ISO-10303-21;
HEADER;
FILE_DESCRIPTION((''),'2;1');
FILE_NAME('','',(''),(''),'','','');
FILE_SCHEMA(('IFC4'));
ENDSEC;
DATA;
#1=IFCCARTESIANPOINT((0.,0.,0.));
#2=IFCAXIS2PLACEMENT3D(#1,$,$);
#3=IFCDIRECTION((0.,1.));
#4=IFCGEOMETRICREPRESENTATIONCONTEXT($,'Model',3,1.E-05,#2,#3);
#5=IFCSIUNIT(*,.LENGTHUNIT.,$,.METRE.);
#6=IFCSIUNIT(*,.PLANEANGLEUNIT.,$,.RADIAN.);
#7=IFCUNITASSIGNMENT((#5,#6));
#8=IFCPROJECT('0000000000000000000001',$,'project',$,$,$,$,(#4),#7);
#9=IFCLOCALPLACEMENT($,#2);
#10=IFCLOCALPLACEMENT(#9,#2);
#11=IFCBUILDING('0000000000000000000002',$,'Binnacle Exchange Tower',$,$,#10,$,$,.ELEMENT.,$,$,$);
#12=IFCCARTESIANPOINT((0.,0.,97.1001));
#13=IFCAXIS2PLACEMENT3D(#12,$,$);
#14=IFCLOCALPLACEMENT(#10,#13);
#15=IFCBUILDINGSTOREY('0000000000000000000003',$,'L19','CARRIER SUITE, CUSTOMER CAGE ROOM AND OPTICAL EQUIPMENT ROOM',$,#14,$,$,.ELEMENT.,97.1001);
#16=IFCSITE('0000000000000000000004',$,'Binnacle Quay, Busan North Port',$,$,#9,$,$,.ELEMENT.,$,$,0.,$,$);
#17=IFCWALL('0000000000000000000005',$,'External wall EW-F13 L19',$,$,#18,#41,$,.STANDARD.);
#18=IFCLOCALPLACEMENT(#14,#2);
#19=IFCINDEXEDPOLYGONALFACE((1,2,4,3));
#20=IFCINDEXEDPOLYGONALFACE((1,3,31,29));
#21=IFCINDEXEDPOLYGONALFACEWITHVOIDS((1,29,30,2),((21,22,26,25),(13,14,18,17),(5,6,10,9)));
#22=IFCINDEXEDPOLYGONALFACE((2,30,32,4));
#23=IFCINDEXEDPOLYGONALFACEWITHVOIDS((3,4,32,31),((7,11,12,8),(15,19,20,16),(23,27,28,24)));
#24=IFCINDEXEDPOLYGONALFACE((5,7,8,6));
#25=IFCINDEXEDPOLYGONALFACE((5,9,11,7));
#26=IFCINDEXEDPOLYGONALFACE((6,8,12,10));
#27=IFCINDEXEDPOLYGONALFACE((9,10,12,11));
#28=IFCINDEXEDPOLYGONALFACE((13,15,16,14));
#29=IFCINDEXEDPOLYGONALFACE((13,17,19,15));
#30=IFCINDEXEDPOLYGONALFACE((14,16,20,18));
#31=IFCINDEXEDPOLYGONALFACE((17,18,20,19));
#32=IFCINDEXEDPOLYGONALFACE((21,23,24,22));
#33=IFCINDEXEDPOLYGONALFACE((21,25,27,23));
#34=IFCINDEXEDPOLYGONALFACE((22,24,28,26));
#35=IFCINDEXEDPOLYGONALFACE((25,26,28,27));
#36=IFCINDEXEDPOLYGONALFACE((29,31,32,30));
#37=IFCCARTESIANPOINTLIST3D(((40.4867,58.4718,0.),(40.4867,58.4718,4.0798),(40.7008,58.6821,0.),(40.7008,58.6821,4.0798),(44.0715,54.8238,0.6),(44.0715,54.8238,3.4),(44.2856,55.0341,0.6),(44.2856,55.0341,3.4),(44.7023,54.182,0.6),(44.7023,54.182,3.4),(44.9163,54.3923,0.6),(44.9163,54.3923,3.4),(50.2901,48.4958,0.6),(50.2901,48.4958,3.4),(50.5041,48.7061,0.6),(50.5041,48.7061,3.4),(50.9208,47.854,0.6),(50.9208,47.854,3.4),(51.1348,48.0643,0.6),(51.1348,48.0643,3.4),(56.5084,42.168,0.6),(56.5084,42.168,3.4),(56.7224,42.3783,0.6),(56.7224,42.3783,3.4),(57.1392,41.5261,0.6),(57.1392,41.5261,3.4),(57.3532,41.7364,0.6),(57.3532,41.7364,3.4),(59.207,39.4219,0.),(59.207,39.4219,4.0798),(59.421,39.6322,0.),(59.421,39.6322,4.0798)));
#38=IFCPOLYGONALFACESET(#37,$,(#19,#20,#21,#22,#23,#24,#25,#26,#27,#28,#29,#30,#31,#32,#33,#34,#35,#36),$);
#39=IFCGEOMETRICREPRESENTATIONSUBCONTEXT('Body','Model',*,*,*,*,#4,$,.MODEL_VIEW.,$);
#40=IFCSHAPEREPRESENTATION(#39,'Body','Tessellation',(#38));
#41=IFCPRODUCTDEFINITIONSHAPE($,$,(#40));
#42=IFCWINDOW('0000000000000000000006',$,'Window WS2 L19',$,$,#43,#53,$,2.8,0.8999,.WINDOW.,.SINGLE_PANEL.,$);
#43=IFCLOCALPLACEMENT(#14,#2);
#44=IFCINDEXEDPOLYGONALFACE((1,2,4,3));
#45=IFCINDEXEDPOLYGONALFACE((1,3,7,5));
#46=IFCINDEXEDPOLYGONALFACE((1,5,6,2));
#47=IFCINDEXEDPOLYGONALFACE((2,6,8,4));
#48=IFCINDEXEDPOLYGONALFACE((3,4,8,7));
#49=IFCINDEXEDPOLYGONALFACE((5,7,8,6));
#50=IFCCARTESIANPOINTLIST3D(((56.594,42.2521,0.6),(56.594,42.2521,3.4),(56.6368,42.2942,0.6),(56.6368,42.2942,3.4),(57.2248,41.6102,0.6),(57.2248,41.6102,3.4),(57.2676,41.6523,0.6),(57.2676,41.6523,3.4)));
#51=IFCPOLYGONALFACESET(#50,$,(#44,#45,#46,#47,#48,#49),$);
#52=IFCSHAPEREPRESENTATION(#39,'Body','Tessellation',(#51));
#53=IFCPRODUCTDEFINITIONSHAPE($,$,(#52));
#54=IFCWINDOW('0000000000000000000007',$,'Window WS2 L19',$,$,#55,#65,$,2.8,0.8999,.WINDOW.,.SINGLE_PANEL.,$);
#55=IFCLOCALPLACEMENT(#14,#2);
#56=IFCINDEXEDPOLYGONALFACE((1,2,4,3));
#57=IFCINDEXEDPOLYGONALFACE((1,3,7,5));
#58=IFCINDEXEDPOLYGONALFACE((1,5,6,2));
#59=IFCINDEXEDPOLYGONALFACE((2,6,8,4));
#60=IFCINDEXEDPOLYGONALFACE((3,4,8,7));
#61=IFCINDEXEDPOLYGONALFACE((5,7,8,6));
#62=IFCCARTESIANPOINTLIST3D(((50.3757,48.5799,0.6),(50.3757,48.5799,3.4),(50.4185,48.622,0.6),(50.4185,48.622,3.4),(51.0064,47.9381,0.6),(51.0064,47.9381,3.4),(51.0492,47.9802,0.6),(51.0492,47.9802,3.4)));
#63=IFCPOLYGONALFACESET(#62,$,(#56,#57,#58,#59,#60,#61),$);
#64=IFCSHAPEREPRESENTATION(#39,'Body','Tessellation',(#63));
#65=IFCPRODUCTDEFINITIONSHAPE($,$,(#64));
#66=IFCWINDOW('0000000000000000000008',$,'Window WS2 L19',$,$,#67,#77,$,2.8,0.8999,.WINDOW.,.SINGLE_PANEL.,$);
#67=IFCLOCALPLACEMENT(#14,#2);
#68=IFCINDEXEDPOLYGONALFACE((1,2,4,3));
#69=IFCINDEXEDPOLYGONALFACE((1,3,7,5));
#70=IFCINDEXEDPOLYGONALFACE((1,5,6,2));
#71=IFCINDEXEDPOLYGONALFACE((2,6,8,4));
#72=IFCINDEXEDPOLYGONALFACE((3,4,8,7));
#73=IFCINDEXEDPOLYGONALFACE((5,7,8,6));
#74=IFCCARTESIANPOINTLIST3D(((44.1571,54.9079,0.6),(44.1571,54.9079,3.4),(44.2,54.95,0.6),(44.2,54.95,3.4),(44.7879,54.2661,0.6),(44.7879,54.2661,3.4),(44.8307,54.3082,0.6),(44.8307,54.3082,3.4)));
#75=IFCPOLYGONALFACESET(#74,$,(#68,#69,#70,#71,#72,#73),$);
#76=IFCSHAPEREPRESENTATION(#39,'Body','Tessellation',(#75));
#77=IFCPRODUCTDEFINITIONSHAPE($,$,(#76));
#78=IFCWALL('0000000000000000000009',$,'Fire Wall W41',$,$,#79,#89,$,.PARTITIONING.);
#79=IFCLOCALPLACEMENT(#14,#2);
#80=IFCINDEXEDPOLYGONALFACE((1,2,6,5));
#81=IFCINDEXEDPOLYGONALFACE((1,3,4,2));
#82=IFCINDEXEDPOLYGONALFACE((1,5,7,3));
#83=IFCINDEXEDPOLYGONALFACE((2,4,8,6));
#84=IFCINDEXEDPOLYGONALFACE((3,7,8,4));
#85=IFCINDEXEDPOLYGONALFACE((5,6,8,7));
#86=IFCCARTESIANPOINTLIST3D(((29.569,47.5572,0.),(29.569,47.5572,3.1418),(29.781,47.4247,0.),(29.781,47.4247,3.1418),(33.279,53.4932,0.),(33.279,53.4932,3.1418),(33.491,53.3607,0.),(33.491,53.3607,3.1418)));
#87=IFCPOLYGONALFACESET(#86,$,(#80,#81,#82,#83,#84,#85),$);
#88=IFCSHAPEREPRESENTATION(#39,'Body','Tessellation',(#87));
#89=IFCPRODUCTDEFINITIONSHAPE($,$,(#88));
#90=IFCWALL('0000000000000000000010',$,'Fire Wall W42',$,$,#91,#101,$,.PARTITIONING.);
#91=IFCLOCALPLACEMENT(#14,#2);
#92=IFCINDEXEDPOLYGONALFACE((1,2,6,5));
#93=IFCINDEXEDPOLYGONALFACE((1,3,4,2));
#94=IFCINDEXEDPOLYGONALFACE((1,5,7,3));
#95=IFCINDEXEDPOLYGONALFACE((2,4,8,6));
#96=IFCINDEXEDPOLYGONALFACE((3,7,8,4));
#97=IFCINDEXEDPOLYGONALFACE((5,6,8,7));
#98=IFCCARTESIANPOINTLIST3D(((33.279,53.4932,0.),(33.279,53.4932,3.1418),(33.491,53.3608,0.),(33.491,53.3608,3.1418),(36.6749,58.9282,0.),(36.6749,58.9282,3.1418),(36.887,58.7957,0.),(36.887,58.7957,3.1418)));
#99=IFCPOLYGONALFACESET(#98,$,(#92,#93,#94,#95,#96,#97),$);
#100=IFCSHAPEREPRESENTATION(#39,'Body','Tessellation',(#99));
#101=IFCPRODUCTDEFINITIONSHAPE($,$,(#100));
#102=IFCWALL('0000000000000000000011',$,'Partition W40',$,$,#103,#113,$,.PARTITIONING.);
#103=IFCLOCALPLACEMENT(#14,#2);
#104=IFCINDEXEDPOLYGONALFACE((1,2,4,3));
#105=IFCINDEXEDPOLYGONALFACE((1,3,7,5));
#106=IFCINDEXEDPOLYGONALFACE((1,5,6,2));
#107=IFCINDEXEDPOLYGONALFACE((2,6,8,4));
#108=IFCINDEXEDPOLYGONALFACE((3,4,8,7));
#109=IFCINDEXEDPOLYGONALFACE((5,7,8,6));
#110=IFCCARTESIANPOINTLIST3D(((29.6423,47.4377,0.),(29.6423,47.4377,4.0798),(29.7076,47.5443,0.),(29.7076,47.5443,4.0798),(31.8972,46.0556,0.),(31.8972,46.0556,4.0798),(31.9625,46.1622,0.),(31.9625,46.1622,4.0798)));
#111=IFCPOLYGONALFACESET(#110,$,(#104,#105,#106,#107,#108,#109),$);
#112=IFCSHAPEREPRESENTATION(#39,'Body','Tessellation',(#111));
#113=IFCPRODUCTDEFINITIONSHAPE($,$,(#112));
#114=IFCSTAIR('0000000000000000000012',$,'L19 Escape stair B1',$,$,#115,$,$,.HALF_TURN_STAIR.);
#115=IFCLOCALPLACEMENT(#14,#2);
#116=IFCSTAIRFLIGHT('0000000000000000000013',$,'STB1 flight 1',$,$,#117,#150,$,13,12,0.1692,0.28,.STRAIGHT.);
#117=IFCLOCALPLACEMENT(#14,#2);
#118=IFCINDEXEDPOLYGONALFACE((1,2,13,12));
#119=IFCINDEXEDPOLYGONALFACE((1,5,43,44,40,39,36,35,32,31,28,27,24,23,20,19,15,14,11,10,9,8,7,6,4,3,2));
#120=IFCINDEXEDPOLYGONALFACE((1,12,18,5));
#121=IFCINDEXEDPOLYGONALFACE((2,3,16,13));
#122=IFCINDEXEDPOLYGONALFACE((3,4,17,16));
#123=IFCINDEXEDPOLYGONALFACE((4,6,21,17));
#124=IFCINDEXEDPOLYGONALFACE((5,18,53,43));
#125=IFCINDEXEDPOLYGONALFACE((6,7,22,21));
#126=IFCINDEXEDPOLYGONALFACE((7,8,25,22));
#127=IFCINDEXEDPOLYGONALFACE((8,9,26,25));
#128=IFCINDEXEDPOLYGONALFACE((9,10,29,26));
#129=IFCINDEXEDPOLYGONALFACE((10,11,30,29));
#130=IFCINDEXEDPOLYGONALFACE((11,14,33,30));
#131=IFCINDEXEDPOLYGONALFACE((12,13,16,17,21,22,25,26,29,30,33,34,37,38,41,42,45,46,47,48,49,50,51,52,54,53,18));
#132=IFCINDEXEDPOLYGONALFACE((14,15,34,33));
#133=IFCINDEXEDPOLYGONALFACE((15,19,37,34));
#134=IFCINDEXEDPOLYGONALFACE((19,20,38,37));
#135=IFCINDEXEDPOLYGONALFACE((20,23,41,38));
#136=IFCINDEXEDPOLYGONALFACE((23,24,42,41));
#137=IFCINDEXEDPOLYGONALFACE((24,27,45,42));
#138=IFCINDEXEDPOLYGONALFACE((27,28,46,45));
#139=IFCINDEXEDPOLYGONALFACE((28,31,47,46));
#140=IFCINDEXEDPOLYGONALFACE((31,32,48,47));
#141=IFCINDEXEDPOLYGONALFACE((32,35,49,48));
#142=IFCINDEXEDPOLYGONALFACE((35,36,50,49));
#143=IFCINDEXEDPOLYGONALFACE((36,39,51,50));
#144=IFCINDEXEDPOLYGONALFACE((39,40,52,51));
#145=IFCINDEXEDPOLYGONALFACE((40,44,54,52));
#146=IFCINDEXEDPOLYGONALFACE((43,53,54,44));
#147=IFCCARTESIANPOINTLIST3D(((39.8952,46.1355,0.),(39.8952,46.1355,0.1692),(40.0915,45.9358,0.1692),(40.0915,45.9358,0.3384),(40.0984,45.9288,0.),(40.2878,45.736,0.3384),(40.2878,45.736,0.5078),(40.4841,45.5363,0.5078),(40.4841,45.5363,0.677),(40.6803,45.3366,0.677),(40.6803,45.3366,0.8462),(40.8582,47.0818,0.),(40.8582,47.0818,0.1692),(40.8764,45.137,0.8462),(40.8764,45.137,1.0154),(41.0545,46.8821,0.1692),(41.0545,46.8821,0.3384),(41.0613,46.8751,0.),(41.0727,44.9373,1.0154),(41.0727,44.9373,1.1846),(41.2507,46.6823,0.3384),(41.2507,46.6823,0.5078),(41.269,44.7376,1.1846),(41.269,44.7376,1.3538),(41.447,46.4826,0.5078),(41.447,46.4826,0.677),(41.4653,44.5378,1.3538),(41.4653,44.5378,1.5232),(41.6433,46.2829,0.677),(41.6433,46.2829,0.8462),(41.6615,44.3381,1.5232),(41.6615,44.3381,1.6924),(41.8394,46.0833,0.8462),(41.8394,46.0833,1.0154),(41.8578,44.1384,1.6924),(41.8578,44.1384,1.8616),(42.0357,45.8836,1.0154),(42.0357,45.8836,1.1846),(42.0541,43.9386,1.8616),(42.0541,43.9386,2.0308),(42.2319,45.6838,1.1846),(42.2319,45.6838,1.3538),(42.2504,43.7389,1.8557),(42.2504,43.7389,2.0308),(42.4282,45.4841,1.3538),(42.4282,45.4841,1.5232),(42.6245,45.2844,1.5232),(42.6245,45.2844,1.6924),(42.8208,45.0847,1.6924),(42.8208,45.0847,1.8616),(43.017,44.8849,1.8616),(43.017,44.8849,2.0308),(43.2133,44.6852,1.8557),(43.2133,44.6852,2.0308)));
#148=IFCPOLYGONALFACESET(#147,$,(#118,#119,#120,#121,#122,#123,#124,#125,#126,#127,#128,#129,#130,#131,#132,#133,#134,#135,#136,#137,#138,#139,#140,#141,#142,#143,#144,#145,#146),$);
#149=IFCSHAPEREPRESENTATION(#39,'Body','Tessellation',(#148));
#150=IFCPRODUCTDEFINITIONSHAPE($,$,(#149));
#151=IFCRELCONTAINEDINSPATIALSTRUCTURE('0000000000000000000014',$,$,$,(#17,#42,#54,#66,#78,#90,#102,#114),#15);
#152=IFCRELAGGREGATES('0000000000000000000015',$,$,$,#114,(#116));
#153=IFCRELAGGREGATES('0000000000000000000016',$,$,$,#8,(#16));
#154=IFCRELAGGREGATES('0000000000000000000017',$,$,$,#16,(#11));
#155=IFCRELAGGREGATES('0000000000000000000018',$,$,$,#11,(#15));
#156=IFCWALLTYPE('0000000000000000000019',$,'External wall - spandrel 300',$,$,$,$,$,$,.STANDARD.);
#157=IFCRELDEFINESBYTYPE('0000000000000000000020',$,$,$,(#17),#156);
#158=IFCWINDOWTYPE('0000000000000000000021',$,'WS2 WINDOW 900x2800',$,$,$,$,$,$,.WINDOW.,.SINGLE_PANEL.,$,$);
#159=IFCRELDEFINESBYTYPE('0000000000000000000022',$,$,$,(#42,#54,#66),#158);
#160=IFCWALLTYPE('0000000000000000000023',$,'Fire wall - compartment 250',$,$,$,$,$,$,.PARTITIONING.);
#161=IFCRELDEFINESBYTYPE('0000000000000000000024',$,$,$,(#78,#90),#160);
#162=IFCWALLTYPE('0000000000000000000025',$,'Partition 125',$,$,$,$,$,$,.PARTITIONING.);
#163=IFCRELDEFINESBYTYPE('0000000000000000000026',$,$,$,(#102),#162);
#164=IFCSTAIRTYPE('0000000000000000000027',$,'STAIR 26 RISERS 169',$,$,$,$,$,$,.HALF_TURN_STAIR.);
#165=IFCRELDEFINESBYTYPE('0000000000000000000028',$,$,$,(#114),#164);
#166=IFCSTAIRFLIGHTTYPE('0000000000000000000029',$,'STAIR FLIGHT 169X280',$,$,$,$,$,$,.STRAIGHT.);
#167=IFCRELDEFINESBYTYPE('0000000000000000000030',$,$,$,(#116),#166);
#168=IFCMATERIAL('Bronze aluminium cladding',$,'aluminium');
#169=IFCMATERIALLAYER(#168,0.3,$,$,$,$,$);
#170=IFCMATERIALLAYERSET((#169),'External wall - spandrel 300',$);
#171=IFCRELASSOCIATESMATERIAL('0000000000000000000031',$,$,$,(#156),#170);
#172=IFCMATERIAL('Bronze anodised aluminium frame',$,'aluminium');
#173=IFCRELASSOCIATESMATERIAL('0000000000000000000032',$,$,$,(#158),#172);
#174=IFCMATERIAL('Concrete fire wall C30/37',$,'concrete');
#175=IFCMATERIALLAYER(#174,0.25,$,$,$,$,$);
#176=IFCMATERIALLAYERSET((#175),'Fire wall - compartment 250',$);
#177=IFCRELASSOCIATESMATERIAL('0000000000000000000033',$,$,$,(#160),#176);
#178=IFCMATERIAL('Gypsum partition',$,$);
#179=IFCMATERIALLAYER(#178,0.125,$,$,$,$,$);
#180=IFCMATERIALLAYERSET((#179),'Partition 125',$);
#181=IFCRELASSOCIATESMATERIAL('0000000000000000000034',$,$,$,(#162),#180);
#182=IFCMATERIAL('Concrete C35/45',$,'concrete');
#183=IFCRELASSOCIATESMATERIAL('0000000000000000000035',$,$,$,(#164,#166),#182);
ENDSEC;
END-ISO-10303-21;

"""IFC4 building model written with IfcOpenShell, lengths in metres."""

from ifc_helpers import new_model, si_unit, direction, frame, frame_2d, origin, place, context, subcontext, project, spatial, polyline, rectangle, outline, extrude, material, layer, layer_set, type_object, element, fill, aggregate, save


model = new_model("IFC4")

# Units and contexts
model_context = context("Model", 3, precision=1e-05, world=origin(), true_north=direction((0.0, 1.0)))
body_context = subcontext(model_context, "Body", "Model", "MODEL_VIEW")
ifc_project = project(units=[si_unit("LENGTHUNIT", "METRE"), si_unit("PLANEANGLEUNIT", "RADIAN")], contexts=[model_context])

# Site, building, storey
site_placement = place(None, origin())
site = spatial("IfcSite", under=ifc_project, at=site_placement, Name="Binnacle Quay, Busan North Port", CompositionType="ELEMENT", RefElevation=0.0)
building_placement = place(site_placement, origin())
building = spatial("IfcBuilding", under=site, at=building_placement, Name="Binnacle Exchange Tower", CompositionType="ELEMENT")
storey_placement = place(building_placement, frame((0.0, 0.0, 97.1001)))
storey = spatial("IfcBuildingStorey", under=building, at=storey_placement, Name="L19", Description="CARRIER SUITE, CUSTOMER CAGE ROOM AND OPTICAL EQUIPMENT ROOM", CompositionType="ELEMENT", Elevation=97.1001)

# Shared definitions
ifc_material_1 = material(Name="Bronze aluminium cladding", Category="aluminium")
ifc_layer_1 = layer(ifc_material_1, 0.3)
ifc_layer_set_1 = layer_set([ifc_layer_1], Name="External wall - spandrel 300")
wall_type_1 = type_object("IfcWallType", Name="External wall - spandrel 300", PredefinedType="STANDARD", material=ifc_layer_set_1)

# Wall, openings, windows
wall_1_placement = place(storey_placement, frame((40.5938, 58.5769, 0.0), z_axis=(0.0, 0.0, 1.0), x_axis=(0.70091, -0.71325, 0.0)))
wall_1 = element("IfcWall", 1, at=wall_1_placement, inside=storey, type_object=wall_type_1, Name="External wall EW-F13 L19", PredefinedType="STANDARD", context=body_context, shape_type="SweptSolid", body=[
    extrude(rectangle(XDim=26.7085, YDim=0.3, at=frame_2d((13.3542, 0.0))), origin(), (0.0, 0.0, 1.0), 4.0798),
])
opening_1_placement = place(wall_1_placement, frame((22.8584, 0.0, 0.6001)))
opening_1 = element("IfcOpeningElement", 2, at=opening_1_placement, cuts=wall_1, PredefinedType="OPENING", context=body_context, shape_type="SweptSolid", body=[
    extrude(rectangle(XDim=0.8999, YDim=2.8, at=frame_2d((0.45, 1.3999))), frame((0.0, 0.1599, 0.0), z_axis=(0.0, -1.0, 0.0), x_axis=(1.0, 0.0, 0.0)), (0.0, 0.0, 1.0), 0.3201),
])
opening_2_placement = place(wall_1_placement, frame((13.9866, 0.0, 0.6001)))
opening_2 = element("IfcOpeningElement", 3, at=opening_2_placement, cuts=wall_1, PredefinedType="OPENING", context=body_context, shape_type="SweptSolid", body=[
    extrude(rectangle(XDim=0.8999, YDim=2.8, at=frame_2d((0.45, 1.3999))), frame((0.0, 0.1599, 0.0), z_axis=(0.0, -1.0, 0.0), x_axis=(1.0, 0.0, 0.0)), (0.0, 0.0, 1.0), 0.3201),
])
opening_3_placement = place(wall_1_placement, frame((5.1145, 0.0, 0.6001)))
opening_3 = element("IfcOpeningElement", 4, at=opening_3_placement, cuts=wall_1, PredefinedType="OPENING", context=body_context, shape_type="SweptSolid", body=[
    extrude(rectangle(XDim=0.8999, YDim=2.8, at=frame_2d((0.45, 1.3999))), frame((0.0, 0.1599, 0.0), z_axis=(0.0, -1.0, 0.0), x_axis=(1.0, 0.0, 0.0)), (0.0, 0.0, 1.0), 0.3201),
])
ifc_material_2 = material(Name="Bronze anodised aluminium frame", Category="aluminium")
window_type = type_object("IfcWindowType", Name="WS2 WINDOW 900x2800", PartitioningType="SINGLE_PANEL", PredefinedType="WINDOW", material=ifc_material_2)
window_1_placement = place(opening_1_placement, origin())
window_1 = element("IfcWindow", 5, at=window_1_placement, inside=storey, type_object=window_type, Name="Window WS2 L19", OverallHeight=2.8, OverallWidth=0.8999, PartitioningType="SINGLE_PANEL", PredefinedType="WINDOW", context=body_context, shape_type="SweptSolid", body=[
    extrude(rectangle(XDim=0.8999, YDim=2.8, at=frame_2d((0.45, 1.3999))), frame((0.0, 0.03, 0.0), z_axis=(0.0, -1.0, 0.0), x_axis=(1.0, 0.0, 0.0)), (0.0, 0.0, 1.0), 0.0601),
])
fill(opening_1, window_1)
window_2_placement = place(opening_2_placement, origin())
window_2 = element("IfcWindow", 6, at=window_2_placement, inside=storey, type_object=window_type, Name="Window WS2 L19", OverallHeight=2.8, OverallWidth=0.8999, PartitioningType="SINGLE_PANEL", PredefinedType="WINDOW", context=body_context, shape_type="SweptSolid", body=[
    extrude(rectangle(XDim=0.8999, YDim=2.8, at=frame_2d((0.45, 1.3999))), frame((0.0, 0.03, 0.0), z_axis=(0.0, -1.0, 0.0), x_axis=(1.0, 0.0, 0.0)), (0.0, 0.0, 1.0), 0.0601),
])
fill(opening_2, window_2)
window_3_placement = place(opening_3_placement, origin())
window_3 = element("IfcWindow", 7, at=window_3_placement, inside=storey, type_object=window_type, Name="Window WS2 L19", OverallHeight=2.8, OverallWidth=0.8999, PartitioningType="SINGLE_PANEL", PredefinedType="WINDOW", context=body_context, shape_type="SweptSolid", body=[
    extrude(rectangle(XDim=0.8999, YDim=2.8, at=frame_2d((0.45, 1.3999))), frame((0.0, 0.03, 0.0), z_axis=(0.0, -1.0, 0.0), x_axis=(1.0, 0.0, 0.0)), (0.0, 0.0, 1.0), 0.0601),
])
fill(opening_3, window_3)

# Walls
ifc_material_3 = material(Name="Concrete fire wall C30/37", Category="concrete")
ifc_layer_2 = layer(ifc_material_3, 0.25)
ifc_layer_set_2 = layer_set([ifc_layer_2], Name="Fire wall - compartment 250")
wall_type_2 = type_object("IfcWallType", Name="Fire wall - compartment 250", PredefinedType="PARTITIONING", material=ifc_layer_set_2)
wall_2_placement = place(storey_placement, frame((29.675, 47.491, 0.0), z_axis=(0.0, 0.0, 1.0), x_axis=(0.529993, 0.848002, 0.0)))
element("IfcWall", 8, at=wall_2_placement, inside=storey, type_object=wall_type_2, Name="Fire Wall W41", PredefinedType="PARTITIONING", context=body_context, shape_type="SweptSolid", body=[
    extrude(rectangle(XDim=7.0, YDim=0.25, at=frame_2d((3.5, 0.0))), origin(), (0.0, 0.0, 1.0), 3.1418),
])
wall_3_placement = place(storey_placement, frame((33.385, 53.427, 0.0), z_axis=(0.0, 0.0, 1.0), x_axis=(0.529896, 0.848063, 0.0)))
element("IfcWall", 9, at=wall_3_placement, inside=storey, type_object=wall_type_2, Name="Fire Wall W42", PredefinedType="PARTITIONING", context=body_context, shape_type="SweptSolid", body=[
    extrude(rectangle(XDim=6.4087, YDim=0.25, at=frame_2d((3.2043, 0.0))), origin(), (0.0, 0.0, 1.0), 3.1418),
])
ifc_material_4 = material(Name="Gypsum partition")
ifc_layer_3 = layer(ifc_material_4, 0.125)
ifc_layer_set_3 = layer_set([ifc_layer_3], Name="Partition 125")
wall_type_3 = type_object("IfcWallType", Name="Partition 125", PredefinedType="PARTITIONING", material=ifc_layer_set_3)
wall_4_placement = place(storey_placement, frame((29.675, 47.491, 0.0), z_axis=(0.0, 0.0, 1.0), x_axis=(0.852592, -0.522577, 0.0)))
element("IfcWall", 10, at=wall_4_placement, inside=storey, type_object=wall_type_3, Name="Partition W40", PredefinedType="PARTITIONING", context=body_context, shape_type="SweptSolid", body=[
    extrude(rectangle(XDim=2.6448, YDim=0.125, at=frame_2d((1.3223, 0.0))), origin(), (0.0, 0.0, 1.0), 4.0798),
])

# Stair, stair flight
ifc_material_5 = material(Name="Concrete C35/45", Category="concrete")
stair_type = type_object("IfcStairType", Name="STAIR 26 RISERS 169", PredefinedType="HALF_TURN_STAIR", material=ifc_material_5)
stair_placement = place(storey_placement, origin())
stair = element("IfcStair", 11, at=stair_placement, inside=storey, type_object=stair_type, Name="L19 Escape stair B1", PredefinedType="HALF_TURN_STAIR")
stair_flight_type = type_object("IfcStairFlightType", Name="STAIR FLIGHT 169X280", PredefinedType="STRAIGHT", material=ifc_material_5)
stair_flight_1_placement = place(storey_placement, frame((40.3767, 46.6086, 0.0), z_axis=(0.0, 0.0, 1.0), x_axis=(0.700909, -0.71325, 0.0)))
stair_flight_1 = element("IfcStairFlight", 12, at=stair_flight_1_placement, type_object=stair_flight_type, Name="STB1 flight 1", NumberOfRisers=13, NumberOfTreads=12, PredefinedType="STRAIGHT", RiserHeight=0.1692, TreadLength=0.28, context=body_context, shape_type="SweptSolid", body=[
    extrude(outline(polyline([(0.0, 0.0), (0.0, 0.1692), (0.28, 0.1692), (0.28, 0.3384), (0.5601, 0.3384), (0.5601, 0.5078), (0.8401, 0.5078), (0.8401, 0.677), (1.1201, 0.677), (1.1201, 0.8462), (1.3999, 0.8462), (1.3999, 1.0154), (1.6799, 1.0154), (1.6799, 1.1846), (1.96, 1.1846), (1.96, 1.3538), (2.24, 1.3538), (2.24, 1.5232), (2.52, 1.5232), (2.52, 1.6924), (2.8, 1.6924), (2.8, 1.8616), (3.0801, 1.8616), (3.0801, 2.0308), (3.3601, 2.0308), (3.3601, 2.2), (3.3601, 1.8557), (0.2898, 0.0), (0.0, 0.0)])), frame((0.0, 0.675, 0.0), z_axis=(0.0, -1.0, 0.0), x_axis=(1.0, 0.0, 0.0)), (0.0, 0.0, 1.0), 1.3501),
])
aggregate(stair, [stair_flight_1])

save(model, "model.ifc")
